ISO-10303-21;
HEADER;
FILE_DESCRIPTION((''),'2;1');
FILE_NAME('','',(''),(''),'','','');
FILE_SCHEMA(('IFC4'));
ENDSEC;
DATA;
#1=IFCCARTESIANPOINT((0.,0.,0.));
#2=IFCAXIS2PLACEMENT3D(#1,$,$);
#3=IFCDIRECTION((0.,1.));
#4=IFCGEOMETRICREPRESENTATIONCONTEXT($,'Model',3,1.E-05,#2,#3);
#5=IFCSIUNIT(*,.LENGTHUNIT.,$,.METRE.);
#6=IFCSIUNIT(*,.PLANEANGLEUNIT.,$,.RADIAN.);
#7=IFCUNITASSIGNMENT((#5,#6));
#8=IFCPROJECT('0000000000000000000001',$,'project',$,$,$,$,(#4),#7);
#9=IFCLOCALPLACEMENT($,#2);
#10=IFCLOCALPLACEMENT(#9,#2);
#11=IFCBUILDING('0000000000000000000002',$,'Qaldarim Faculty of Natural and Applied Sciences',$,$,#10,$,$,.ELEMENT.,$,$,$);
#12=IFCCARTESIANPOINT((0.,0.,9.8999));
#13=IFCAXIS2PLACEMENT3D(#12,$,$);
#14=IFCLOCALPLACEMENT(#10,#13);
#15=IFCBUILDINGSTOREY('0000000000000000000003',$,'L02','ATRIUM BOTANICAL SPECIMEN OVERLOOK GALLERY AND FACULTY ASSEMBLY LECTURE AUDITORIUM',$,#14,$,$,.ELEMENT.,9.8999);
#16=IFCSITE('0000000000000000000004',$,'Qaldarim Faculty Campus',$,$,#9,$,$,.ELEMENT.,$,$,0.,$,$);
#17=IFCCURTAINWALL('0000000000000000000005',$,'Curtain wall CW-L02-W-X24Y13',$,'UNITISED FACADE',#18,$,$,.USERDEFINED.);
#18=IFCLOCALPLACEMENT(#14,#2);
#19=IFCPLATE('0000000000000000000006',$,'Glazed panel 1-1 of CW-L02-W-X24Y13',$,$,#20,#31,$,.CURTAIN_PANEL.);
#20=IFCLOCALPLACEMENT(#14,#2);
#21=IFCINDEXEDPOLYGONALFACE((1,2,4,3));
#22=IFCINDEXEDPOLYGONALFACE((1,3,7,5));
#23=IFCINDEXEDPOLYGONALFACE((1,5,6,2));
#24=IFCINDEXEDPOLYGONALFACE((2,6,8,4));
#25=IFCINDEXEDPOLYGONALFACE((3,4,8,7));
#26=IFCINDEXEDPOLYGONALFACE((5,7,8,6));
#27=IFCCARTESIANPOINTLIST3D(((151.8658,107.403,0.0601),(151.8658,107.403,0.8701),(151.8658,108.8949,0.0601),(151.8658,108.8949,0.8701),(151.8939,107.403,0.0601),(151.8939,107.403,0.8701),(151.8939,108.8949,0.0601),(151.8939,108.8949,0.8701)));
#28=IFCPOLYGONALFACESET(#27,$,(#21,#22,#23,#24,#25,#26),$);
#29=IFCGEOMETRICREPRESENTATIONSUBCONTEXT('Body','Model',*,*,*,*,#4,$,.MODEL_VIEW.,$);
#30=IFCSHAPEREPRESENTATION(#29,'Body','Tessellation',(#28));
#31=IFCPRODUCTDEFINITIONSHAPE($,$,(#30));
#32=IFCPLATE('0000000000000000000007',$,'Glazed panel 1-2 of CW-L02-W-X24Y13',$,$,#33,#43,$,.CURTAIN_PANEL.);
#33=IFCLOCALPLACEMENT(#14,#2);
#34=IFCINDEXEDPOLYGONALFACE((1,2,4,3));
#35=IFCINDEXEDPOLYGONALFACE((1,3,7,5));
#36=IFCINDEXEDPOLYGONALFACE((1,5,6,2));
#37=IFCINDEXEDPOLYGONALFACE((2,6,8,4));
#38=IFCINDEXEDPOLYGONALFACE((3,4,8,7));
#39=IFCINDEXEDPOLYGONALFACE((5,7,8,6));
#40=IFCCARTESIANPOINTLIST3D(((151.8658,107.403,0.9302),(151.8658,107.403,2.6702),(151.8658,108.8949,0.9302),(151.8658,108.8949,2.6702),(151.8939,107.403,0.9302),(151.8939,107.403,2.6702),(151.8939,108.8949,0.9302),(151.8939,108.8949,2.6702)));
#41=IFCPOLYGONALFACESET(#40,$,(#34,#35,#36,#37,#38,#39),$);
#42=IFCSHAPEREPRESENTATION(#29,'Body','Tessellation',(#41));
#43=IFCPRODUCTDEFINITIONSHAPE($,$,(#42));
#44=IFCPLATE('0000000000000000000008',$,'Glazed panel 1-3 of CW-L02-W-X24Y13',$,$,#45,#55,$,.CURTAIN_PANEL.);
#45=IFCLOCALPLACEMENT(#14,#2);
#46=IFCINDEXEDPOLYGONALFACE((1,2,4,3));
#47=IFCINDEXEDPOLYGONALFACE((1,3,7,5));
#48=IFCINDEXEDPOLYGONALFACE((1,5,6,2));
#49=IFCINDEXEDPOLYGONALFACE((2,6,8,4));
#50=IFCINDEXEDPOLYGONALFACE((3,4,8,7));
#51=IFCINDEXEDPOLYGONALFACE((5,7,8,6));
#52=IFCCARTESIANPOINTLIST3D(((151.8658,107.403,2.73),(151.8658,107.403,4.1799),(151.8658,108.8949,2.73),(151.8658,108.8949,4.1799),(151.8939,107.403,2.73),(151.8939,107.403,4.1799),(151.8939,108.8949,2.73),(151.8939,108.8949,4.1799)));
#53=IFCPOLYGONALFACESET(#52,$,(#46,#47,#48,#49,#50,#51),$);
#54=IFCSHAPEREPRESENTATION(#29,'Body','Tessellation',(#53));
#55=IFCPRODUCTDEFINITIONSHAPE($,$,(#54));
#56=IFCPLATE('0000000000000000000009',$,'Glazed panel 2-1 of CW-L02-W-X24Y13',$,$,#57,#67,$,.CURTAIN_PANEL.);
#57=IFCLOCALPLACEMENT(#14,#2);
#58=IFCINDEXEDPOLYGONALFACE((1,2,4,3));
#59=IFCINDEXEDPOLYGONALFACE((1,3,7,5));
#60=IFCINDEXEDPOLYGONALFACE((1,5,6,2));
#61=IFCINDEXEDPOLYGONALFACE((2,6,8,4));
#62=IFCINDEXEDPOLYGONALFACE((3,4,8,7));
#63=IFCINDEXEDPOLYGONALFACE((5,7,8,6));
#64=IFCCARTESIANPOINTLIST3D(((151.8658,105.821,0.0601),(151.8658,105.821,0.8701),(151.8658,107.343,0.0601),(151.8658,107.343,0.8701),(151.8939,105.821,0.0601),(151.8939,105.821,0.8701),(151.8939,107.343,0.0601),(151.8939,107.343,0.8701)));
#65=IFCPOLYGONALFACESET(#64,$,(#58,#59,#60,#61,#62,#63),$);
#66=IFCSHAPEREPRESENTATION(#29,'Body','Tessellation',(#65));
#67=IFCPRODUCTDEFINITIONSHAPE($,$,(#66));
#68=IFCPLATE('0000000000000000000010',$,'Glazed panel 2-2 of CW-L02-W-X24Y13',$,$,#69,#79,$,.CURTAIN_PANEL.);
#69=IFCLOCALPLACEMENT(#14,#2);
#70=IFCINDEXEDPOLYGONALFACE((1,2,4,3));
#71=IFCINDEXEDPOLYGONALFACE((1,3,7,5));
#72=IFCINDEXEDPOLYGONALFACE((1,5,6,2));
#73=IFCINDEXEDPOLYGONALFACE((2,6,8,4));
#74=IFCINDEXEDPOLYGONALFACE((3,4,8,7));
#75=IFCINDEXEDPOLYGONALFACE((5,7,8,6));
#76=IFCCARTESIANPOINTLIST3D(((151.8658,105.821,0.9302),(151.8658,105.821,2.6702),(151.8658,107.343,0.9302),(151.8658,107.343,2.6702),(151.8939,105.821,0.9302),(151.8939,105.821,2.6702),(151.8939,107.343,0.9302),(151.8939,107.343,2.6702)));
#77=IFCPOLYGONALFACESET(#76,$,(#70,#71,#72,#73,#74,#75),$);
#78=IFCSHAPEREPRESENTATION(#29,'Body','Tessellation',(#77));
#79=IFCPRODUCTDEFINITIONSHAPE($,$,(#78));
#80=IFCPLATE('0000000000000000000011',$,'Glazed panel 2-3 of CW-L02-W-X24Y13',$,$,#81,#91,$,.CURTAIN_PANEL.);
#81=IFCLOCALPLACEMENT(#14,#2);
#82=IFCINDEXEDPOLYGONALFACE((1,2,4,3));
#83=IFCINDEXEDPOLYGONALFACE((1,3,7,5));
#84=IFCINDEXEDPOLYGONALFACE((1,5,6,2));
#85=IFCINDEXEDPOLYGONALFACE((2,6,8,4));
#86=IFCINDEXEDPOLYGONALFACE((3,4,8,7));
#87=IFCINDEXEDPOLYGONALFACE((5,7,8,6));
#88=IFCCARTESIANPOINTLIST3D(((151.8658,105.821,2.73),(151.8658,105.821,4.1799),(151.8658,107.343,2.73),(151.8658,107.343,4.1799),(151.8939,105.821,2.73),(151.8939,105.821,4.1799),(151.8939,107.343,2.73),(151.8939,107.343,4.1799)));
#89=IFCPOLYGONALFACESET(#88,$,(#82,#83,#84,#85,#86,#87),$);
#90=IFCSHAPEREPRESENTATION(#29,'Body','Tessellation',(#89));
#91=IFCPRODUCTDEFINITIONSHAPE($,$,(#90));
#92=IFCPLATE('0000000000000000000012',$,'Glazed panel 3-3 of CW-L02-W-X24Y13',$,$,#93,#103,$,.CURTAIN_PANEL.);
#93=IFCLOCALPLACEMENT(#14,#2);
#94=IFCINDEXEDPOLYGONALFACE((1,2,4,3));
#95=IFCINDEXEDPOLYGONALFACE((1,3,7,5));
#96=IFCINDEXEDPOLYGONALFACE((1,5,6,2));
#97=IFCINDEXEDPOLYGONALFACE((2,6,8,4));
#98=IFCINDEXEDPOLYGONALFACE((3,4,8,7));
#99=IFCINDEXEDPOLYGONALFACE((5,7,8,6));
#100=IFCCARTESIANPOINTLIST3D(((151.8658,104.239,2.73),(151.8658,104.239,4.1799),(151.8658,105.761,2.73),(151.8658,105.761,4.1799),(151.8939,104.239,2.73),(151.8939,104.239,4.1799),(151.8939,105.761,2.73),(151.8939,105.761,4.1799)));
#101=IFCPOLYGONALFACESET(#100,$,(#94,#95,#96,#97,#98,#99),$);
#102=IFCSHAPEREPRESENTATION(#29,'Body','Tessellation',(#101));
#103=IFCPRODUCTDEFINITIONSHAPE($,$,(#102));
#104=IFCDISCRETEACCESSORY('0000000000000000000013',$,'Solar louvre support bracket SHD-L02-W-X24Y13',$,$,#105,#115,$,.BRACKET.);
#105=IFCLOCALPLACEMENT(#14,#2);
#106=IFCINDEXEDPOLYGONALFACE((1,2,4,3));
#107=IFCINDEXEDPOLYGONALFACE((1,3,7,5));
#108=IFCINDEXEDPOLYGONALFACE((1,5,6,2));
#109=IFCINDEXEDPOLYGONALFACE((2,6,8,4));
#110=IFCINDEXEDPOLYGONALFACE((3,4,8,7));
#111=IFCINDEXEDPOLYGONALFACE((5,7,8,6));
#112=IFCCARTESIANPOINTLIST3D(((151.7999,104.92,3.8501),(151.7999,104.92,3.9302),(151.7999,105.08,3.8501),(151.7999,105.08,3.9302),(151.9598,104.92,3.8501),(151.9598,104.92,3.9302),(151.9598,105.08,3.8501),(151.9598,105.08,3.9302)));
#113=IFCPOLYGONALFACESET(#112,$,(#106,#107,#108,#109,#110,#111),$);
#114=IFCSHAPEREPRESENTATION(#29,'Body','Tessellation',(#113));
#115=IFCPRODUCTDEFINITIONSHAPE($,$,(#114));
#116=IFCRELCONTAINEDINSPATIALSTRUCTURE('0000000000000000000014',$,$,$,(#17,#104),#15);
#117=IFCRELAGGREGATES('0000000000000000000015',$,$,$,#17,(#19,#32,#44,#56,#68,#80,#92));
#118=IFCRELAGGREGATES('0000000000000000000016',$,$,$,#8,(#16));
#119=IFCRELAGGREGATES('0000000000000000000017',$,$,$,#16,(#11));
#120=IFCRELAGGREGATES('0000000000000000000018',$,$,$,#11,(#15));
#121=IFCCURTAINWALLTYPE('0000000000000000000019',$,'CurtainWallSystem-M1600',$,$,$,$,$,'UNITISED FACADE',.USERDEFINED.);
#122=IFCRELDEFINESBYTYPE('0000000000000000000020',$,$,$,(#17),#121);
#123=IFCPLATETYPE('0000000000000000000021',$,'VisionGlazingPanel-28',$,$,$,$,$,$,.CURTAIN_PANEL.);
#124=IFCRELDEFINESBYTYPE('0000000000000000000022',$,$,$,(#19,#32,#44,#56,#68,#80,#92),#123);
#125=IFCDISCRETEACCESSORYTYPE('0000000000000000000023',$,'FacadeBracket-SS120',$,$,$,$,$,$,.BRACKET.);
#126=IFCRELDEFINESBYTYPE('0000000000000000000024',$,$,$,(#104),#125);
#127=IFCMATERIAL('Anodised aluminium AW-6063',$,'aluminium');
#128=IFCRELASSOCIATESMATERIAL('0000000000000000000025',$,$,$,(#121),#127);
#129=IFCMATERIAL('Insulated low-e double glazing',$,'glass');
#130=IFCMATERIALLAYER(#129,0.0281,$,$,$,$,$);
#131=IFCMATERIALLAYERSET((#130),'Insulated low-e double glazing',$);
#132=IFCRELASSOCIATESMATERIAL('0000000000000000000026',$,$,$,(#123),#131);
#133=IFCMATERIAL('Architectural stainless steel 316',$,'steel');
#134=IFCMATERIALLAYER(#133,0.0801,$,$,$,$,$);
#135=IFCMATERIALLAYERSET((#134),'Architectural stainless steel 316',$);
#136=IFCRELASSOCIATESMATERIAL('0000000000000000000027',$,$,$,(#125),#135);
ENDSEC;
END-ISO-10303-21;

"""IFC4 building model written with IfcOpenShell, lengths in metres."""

from ifc_helpers import new_model, si_unit, direction, frame, origin, origin_2d, place, context, subcontext, project, spatial, rectangle, extrude, material, layer, layer_set, type_object, element, aggregate, save


model = new_model("IFC4")

# Units and contexts
model_context = context("Model", 3, precision=1e-05, world=origin(), true_north=direction((0.0, 1.0)))
body_context = subcontext(model_context, "Body", "Model", "MODEL_VIEW")
ifc_project = project(units=[si_unit("LENGTHUNIT", "METRE"), si_unit("PLANEANGLEUNIT", "RADIAN")], contexts=[model_context])

# Site, building, storey
site_placement = place(None, origin())
site = spatial("IfcSite", under=ifc_project, at=site_placement, Name="Qaldarim Faculty Campus", CompositionType="ELEMENT", RefElevation=0.0)
building_placement = place(site_placement, origin())
building = spatial("IfcBuilding", under=site, at=building_placement, Name="Qaldarim Faculty of Natural and Applied Sciences", CompositionType="ELEMENT")
storey_placement = place(building_placement, frame((0.0, 0.0, 9.8999)))
storey = spatial("IfcBuildingStorey", under=building, at=storey_placement, Name="L02", Description="ATRIUM BOTANICAL SPECIMEN OVERLOOK GALLERY AND FACULTY ASSEMBLY LECTURE AUDITORIUM", CompositionType="ELEMENT", Elevation=9.8999)

# Curtain wall, plates
ifc_material_1 = material(Name="Anodised aluminium AW-6063", Category="aluminium")
curtain_wall_type = type_object("IfcCurtainWallType", Name="CurtainWallSystem-M1600", ElementType="UNITISED FACADE", PredefinedType="USERDEFINED", material=ifc_material_1)
curtain_wall_placement = place(storey_placement, origin())
curtain_wall = element("IfcCurtainWall", 1, at=curtain_wall_placement, inside=storey, type_object=curtain_wall_type, Name="Curtain wall CW-L02-W-X24Y13", ObjectType="UNITISED FACADE", PredefinedType="USERDEFINED")
ifc_material_2 = material(Name="Insulated low-e double glazing", Category="glass")
ifc_layer_1 = layer(ifc_material_2, 0.0281)
ifc_layer_set_1 = layer_set([ifc_layer_1], Name="Insulated low-e double glazing")
plate_type = type_object("IfcPlateType", Name="VisionGlazingPanel-28", PredefinedType="CURTAIN_PANEL", material=ifc_layer_set_1)
plate_1_placement = place(storey_placement, frame((151.8799, 108.1489, 0.0601), z_axis=(0.0, 0.0, 1.0), x_axis=(0.0, -1.0, 0.0)))
plate_1 = element("IfcPlate", 2, at=plate_1_placement, type_object=plate_type, Name="Glazed panel 1-1 of CW-L02-W-X24Y13", PredefinedType="CURTAIN_PANEL", context=body_context, shape_type="SweptSolid", body=[
    extrude(rectangle(XDim=1.4919, YDim=0.0281, at=origin_2d()), origin(), (0.0, 0.0, 1.0), 0.8101),
])
plate_2_placement = place(storey_placement, frame((151.8799, 108.1489, 0.9302), z_axis=(0.0, 0.0, 1.0), x_axis=(0.0, -1.0, 0.0)))
plate_2 = element("IfcPlate", 3, at=plate_2_placement, type_object=plate_type, Name="Glazed panel 1-2 of CW-L02-W-X24Y13", PredefinedType="CURTAIN_PANEL", context=body_context, shape_type="SweptSolid", body=[
    extrude(rectangle(XDim=1.4919, YDim=0.0281, at=origin_2d()), origin(), (0.0, 0.0, 1.0), 1.74),
])
plate_3_placement = place(storey_placement, frame((151.8799, 108.1489, 2.73), z_axis=(0.0, 0.0, 1.0), x_axis=(0.0, -1.0, 0.0)))
plate_3 = element("IfcPlate", 4, at=plate_3_placement, type_object=plate_type, Name="Glazed panel 1-3 of CW-L02-W-X24Y13", PredefinedType="CURTAIN_PANEL", context=body_context, shape_type="SweptSolid", body=[
    extrude(rectangle(XDim=1.4919, YDim=0.0281, at=origin_2d()), origin(), (0.0, 0.0, 1.0), 1.45),
])
plate_4_placement = place(storey_placement, frame((151.8799, 106.582, 0.0601), z_axis=(0.0, 0.0, 1.0), x_axis=(0.0, -1.0, 0.0)))
plate_4 = element("IfcPlate", 5, at=plate_4_placement, type_object=plate_type, Name="Glazed panel 2-1 of CW-L02-W-X24Y13", PredefinedType="CURTAIN_PANEL", context=body_context, shape_type="SweptSolid", body=[
    extrude(rectangle(XDim=1.522, YDim=0.0281, at=origin_2d()), origin(), (0.0, 0.0, 1.0), 0.8101),
])
plate_5_placement = place(storey_placement, frame((151.8799, 106.582, 0.9302), z_axis=(0.0, 0.0, 1.0), x_axis=(0.0, -1.0, 0.0)))
plate_5 = element("IfcPlate", 6, at=plate_5_placement, type_object=plate_type, Name="Glazed panel 2-2 of CW-L02-W-X24Y13", PredefinedType="CURTAIN_PANEL", context=body_context, shape_type="SweptSolid", body=[
    extrude(rectangle(XDim=1.522, YDim=0.0281, at=origin_2d()), origin(), (0.0, 0.0, 1.0), 1.74),
])
plate_6_placement = place(storey_placement, frame((151.8799, 106.582, 2.73), z_axis=(0.0, 0.0, 1.0), x_axis=(0.0, -1.0, 0.0)))
plate_6 = element("IfcPlate", 7, at=plate_6_placement, type_object=plate_type, Name="Glazed panel 2-3 of CW-L02-W-X24Y13", PredefinedType="CURTAIN_PANEL", context=body_context, shape_type="SweptSolid", body=[
    extrude(rectangle(XDim=1.522, YDim=0.0281, at=origin_2d()), origin(), (0.0, 0.0, 1.0), 1.45),
])
plate_7_placement = place(storey_placement, frame((151.8799, 105.0, 2.73), z_axis=(0.0, 0.0, 1.0), x_axis=(0.0, -1.0, 0.0)))
plate_7 = element("IfcPlate", 8, at=plate_7_placement, type_object=plate_type, Name="Glazed panel 3-3 of CW-L02-W-X24Y13", PredefinedType="CURTAIN_PANEL", context=body_context, shape_type="SweptSolid", body=[
    extrude(rectangle(XDim=1.522, YDim=0.0281, at=origin_2d()), origin(), (0.0, 0.0, 1.0), 1.45),
])
aggregate(curtain_wall, [plate_1, plate_2, plate_3, plate_4, plate_5, plate_6, plate_7])

# Discrete accessory
ifc_material_3 = material(Name="Architectural stainless steel 316", Category="steel")
ifc_layer_2 = layer(ifc_material_3, 0.0801)
ifc_layer_set_2 = layer_set([ifc_layer_2], Name="Architectural stainless steel 316")
discrete_accessory_type = type_object("IfcDiscreteAccessoryType", Name="FacadeBracket-SS120", PredefinedType="BRACKET", material=ifc_layer_set_2)
discrete_accessory_placement = place(storey_placement, frame((151.8799, 105.0, 3.8501), z_axis=(0.0, 0.0, 1.0), x_axis=(0.0, 1.0, 0.0)))
element("IfcDiscreteAccessory", 9, at=discrete_accessory_placement, inside=storey, type_object=discrete_accessory_type, Name="Solar louvre support bracket SHD-L02-W-X24Y13", PredefinedType="BRACKET", context=body_context, shape_type="SweptSolid", body=[
    extrude(rectangle(XDim=0.1599, YDim=0.1599, at=origin_2d()), origin(), (0.0, 0.0, 1.0), 0.0801),
])

save(model, "model.ifc")
